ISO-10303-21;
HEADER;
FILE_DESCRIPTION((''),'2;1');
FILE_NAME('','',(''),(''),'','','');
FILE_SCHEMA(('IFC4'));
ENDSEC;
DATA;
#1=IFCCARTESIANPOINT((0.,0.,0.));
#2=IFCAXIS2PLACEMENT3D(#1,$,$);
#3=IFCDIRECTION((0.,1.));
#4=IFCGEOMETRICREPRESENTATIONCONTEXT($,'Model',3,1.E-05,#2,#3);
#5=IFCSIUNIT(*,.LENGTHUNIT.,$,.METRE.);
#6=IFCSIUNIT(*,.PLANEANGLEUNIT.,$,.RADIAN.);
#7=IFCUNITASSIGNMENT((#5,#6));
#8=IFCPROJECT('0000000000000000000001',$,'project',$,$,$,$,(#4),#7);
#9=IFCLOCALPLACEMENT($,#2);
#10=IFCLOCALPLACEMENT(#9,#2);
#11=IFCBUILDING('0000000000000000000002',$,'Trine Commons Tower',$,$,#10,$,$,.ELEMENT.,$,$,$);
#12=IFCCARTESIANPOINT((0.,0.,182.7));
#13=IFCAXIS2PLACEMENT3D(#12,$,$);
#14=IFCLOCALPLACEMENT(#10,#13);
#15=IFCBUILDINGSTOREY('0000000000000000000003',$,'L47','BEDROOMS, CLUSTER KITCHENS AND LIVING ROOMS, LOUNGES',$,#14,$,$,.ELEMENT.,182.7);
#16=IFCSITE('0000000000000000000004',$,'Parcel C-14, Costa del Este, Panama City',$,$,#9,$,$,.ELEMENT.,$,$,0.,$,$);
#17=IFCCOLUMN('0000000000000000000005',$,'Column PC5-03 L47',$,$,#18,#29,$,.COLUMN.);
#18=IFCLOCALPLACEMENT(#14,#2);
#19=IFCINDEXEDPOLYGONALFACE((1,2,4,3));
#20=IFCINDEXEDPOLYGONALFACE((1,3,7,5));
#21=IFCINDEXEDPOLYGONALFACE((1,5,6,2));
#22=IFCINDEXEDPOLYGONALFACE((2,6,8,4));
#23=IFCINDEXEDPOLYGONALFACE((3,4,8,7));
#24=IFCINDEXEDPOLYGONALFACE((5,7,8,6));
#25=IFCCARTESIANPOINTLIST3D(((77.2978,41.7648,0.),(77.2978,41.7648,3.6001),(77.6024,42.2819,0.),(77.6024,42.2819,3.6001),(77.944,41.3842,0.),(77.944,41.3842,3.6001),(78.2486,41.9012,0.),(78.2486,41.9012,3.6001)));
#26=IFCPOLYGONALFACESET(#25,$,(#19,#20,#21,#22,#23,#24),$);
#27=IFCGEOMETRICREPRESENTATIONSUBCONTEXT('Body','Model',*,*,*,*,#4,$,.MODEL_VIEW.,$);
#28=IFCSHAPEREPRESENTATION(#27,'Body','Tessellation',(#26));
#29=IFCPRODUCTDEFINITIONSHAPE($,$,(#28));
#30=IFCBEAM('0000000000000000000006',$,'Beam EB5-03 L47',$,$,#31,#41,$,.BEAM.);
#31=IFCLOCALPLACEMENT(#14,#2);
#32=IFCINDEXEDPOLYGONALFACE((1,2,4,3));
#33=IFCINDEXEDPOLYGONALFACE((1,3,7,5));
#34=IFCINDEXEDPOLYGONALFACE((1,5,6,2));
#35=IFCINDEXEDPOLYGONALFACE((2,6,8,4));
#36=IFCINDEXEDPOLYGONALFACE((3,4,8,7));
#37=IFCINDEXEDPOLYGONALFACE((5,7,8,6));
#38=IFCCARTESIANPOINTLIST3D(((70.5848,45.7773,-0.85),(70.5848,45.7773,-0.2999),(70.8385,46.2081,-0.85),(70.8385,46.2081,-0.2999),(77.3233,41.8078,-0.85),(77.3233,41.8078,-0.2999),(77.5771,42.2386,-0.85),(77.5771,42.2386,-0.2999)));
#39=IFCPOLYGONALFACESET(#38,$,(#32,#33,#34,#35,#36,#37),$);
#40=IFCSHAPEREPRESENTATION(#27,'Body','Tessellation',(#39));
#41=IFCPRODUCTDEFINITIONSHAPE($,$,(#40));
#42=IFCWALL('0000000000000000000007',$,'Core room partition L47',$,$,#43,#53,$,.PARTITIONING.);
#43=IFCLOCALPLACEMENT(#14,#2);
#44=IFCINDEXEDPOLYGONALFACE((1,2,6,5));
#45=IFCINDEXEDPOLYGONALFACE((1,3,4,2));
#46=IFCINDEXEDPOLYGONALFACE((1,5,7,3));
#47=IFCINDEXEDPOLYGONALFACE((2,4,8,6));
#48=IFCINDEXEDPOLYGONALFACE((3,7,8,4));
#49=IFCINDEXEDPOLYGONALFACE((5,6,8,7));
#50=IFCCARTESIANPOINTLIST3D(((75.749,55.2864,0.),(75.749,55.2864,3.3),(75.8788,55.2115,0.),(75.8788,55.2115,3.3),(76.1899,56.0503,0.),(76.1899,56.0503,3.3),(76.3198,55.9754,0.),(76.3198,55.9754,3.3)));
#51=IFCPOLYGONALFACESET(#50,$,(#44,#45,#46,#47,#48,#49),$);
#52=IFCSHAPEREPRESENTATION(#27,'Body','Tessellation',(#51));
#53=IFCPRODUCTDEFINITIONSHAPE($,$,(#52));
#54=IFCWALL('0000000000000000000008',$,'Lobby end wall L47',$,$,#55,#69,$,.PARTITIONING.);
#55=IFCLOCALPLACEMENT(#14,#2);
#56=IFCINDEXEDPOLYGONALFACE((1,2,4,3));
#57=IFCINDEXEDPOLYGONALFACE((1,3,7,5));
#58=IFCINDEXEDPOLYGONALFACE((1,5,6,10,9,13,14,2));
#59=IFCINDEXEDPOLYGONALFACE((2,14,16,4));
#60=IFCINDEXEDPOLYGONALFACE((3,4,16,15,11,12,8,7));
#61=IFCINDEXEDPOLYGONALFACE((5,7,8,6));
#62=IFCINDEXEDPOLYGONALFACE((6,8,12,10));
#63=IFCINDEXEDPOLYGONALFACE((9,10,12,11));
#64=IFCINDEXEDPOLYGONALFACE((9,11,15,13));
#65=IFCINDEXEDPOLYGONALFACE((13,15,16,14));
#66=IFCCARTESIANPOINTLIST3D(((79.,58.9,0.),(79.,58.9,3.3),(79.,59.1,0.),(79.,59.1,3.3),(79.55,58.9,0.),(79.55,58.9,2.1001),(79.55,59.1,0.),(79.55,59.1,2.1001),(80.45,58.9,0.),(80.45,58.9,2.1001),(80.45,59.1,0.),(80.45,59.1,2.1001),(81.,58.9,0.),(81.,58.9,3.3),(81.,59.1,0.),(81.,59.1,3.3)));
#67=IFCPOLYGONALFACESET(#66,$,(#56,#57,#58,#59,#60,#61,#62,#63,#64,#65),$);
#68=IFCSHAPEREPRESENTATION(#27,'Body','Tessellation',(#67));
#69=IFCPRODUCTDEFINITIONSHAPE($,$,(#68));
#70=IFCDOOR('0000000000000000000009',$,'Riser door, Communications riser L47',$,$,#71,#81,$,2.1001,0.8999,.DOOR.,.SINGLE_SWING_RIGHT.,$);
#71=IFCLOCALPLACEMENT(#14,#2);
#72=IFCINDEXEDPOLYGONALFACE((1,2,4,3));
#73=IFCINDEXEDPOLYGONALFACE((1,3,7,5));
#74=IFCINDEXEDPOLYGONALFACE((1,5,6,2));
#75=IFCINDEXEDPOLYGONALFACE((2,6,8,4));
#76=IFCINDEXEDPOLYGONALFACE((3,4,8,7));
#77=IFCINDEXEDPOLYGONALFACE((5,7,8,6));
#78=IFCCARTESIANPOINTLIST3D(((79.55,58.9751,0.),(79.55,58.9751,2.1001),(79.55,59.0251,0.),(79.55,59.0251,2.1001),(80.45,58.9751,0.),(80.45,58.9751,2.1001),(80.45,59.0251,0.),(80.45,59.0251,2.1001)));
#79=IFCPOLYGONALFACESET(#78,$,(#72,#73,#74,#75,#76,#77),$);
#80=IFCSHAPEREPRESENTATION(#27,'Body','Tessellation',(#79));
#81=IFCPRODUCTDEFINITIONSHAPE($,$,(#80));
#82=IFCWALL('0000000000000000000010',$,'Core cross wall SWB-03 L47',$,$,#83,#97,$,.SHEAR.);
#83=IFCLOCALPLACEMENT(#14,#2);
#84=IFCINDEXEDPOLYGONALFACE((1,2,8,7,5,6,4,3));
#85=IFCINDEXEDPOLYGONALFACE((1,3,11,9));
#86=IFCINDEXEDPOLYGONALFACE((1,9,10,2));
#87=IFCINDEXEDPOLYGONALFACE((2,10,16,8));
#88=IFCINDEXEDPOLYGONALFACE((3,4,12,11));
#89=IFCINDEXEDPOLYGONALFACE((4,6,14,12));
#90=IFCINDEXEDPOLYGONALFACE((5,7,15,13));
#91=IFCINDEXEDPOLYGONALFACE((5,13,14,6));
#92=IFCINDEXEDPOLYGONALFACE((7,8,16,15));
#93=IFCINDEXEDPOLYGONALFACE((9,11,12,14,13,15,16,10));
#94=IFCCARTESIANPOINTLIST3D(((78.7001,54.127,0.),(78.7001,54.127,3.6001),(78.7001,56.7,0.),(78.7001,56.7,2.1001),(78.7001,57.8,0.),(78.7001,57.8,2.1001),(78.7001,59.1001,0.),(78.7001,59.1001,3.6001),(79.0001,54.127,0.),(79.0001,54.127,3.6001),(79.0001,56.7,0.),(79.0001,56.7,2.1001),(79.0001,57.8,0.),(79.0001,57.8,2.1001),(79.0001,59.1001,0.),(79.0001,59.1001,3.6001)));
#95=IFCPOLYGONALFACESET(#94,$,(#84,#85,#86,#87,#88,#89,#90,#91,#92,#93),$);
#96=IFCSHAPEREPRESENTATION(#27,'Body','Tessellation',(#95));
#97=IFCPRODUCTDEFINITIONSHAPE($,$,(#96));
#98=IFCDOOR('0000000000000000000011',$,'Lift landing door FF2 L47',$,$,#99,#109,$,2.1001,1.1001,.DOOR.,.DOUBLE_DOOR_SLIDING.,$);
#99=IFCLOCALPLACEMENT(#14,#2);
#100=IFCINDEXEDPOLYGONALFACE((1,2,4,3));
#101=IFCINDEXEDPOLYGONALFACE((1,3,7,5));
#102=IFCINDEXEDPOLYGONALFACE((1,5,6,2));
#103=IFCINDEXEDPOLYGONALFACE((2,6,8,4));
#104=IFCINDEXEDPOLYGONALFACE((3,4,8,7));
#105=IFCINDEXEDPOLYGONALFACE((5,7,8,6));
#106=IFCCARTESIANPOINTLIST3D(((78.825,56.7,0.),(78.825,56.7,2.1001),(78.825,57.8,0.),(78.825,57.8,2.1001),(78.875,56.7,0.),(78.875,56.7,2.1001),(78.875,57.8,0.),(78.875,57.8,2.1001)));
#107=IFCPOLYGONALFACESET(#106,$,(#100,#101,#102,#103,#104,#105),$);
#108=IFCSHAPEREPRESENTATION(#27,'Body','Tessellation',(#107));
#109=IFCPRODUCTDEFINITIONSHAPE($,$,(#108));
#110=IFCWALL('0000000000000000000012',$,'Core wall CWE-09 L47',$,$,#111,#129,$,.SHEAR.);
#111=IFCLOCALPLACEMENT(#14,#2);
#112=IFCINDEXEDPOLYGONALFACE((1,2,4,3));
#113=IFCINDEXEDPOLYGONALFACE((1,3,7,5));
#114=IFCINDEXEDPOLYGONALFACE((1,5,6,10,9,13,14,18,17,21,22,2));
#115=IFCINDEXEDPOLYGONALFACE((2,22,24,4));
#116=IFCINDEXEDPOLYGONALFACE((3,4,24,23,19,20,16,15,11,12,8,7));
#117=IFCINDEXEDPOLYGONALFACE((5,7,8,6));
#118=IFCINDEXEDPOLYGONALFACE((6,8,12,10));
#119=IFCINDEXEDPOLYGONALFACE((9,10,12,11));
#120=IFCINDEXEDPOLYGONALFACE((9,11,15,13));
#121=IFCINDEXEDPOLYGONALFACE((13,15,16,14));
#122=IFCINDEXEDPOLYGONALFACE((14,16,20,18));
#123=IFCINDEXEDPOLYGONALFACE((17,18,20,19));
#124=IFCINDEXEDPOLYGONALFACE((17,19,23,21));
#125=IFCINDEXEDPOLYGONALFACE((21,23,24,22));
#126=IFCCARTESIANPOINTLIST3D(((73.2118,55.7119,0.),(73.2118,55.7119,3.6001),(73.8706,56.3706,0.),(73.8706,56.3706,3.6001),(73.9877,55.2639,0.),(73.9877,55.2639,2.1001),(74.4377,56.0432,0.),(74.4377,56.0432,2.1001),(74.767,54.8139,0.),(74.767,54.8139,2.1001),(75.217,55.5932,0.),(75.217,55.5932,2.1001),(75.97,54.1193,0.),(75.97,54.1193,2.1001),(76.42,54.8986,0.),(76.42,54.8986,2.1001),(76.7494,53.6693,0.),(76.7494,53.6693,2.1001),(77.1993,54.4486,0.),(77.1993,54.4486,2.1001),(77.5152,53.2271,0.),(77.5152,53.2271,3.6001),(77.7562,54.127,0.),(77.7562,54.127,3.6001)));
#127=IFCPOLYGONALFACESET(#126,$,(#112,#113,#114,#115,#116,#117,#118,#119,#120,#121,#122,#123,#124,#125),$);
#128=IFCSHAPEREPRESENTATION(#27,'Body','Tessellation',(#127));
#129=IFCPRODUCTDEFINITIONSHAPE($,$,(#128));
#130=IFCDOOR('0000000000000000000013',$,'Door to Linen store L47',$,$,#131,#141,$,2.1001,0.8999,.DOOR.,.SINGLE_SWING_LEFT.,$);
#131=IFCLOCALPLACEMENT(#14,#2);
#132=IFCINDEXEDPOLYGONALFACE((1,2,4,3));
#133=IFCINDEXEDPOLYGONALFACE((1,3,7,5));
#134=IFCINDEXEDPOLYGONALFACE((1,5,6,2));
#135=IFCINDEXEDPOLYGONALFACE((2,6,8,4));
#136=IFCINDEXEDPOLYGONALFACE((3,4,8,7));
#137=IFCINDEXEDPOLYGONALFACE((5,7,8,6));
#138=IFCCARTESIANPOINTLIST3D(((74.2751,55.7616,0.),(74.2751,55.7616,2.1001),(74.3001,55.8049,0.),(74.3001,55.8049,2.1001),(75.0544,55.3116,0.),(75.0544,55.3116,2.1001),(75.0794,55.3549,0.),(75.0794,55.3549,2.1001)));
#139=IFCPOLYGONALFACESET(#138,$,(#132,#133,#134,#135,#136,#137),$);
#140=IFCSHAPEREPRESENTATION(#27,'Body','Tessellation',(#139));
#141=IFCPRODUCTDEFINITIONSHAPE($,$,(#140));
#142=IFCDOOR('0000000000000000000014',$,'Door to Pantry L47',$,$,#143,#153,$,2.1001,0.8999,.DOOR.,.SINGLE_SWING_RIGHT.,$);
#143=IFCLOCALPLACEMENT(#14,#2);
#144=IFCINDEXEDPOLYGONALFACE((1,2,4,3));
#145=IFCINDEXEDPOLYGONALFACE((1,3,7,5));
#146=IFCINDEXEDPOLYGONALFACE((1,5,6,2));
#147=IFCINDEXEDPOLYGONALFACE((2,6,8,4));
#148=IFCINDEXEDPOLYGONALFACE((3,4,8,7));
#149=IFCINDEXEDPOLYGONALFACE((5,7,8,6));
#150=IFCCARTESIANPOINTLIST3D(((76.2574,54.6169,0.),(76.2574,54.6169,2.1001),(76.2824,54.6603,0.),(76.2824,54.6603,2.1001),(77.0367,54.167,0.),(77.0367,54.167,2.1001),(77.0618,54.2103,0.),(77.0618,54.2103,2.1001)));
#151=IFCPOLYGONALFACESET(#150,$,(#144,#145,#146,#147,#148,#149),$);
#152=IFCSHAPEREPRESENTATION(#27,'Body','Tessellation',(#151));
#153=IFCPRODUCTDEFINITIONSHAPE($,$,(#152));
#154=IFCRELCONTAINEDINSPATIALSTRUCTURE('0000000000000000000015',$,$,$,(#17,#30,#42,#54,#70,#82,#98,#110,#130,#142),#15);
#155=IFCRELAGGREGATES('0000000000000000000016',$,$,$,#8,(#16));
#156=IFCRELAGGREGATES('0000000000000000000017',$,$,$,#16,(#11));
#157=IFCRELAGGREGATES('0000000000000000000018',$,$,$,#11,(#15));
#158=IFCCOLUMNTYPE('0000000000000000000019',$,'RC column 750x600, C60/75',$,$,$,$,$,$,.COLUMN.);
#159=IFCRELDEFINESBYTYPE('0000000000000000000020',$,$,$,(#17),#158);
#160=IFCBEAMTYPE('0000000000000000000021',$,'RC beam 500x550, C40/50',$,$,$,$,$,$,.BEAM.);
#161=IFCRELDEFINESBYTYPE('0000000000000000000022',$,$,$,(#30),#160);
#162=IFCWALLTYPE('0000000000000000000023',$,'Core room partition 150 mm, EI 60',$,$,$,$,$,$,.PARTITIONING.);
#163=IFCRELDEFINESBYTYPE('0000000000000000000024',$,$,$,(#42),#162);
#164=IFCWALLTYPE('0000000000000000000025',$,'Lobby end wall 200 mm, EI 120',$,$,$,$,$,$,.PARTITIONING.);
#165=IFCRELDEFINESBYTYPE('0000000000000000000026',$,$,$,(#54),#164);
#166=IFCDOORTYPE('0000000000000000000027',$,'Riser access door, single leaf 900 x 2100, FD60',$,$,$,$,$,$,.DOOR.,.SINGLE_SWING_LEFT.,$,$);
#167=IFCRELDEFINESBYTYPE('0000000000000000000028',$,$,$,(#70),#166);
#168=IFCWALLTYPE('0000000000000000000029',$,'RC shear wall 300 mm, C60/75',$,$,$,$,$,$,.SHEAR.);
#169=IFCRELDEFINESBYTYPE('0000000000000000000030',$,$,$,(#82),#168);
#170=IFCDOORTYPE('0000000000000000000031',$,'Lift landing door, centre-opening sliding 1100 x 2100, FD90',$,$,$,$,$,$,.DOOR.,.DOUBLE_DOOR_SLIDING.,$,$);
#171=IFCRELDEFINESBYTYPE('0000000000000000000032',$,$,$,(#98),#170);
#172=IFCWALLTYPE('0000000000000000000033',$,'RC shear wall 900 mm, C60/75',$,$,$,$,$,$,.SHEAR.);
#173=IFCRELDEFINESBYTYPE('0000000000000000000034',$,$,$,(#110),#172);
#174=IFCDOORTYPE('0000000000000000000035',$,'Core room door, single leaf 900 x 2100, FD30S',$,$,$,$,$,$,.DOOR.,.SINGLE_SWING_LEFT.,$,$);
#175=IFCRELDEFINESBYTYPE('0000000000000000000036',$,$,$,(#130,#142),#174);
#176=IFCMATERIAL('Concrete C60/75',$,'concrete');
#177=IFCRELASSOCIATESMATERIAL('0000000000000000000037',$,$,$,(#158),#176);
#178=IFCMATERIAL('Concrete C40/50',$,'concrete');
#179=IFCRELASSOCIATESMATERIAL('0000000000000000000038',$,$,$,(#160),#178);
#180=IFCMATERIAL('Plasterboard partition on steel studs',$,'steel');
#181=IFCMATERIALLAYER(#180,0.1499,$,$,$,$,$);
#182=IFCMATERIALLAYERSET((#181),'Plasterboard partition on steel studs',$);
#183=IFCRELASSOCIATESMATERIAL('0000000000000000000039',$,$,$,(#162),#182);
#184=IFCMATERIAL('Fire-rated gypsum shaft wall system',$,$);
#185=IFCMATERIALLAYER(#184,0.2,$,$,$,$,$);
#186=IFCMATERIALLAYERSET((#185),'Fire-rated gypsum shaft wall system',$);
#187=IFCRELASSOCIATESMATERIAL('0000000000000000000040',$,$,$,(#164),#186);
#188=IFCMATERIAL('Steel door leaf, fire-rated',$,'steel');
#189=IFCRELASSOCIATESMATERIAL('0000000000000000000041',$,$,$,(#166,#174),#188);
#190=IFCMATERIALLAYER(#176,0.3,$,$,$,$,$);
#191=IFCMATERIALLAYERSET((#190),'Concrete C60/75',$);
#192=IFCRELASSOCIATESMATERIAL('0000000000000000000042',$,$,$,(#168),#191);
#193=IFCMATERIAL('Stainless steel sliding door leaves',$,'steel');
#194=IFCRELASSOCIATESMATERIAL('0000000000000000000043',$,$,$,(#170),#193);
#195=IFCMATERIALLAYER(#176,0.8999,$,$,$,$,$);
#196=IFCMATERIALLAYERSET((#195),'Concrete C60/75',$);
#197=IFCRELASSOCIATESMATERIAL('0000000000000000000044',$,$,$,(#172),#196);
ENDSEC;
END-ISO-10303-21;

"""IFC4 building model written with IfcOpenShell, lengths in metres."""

from ifc_helpers import new_model, si_unit, direction, frame, frame_2d, origin, origin_2d, place, context, subcontext, project, spatial, polyline, rectangle, outline, extrude, material, layer, layer_set, material_profile, profile_set, type_object, element, fill, save


model = new_model("IFC4")

# Units and contexts
model_context = context("Model", 3, precision=1e-05, world=origin(), true_north=direction((0.0, 1.0)))
body_context = subcontext(model_context, "Body", "Model", "MODEL_VIEW")
ifc_project = project(units=[si_unit("LENGTHUNIT", "METRE"), si_unit("PLANEANGLEUNIT", "RADIAN")], contexts=[model_context])

# Site, building, storey
site_placement = place(None, origin())
site = spatial("IfcSite", under=ifc_project, at=site_placement, Name="Parcel C-14, Costa del Este, Panama City", CompositionType="ELEMENT", RefElevation=0.0)
building_placement = place(site_placement, origin())
building = spatial("IfcBuilding", under=site, at=building_placement, Name="Trine Commons Tower", CompositionType="ELEMENT")
storey_placement = place(building_placement, frame((0.0, 0.0, 182.7)))
storey = spatial("IfcBuildingStorey", under=building, at=storey_placement, Name="L47", Description="BEDROOMS, CLUSTER KITCHENS AND LIVING ROOMS, LOUNGES", CompositionType="ELEMENT", Elevation=182.7)

# Column
ifc_material_1 = material(Name="Concrete C60/75", Category="concrete")
ifc_material_profile_1 = material_profile(ifc_material_1, rectangle(XDim=0.75, YDim=0.6001, at=origin_2d()), Name="RC 750x600")
ifc_profile_set_1 = profile_set([ifc_material_profile_1], Name="Concrete C60/75")
column_type = type_object("IfcColumnType", Name="RC column 750x600, C60/75", PredefinedType="COLUMN", material=ifc_profile_set_1)
column_placement = place(storey_placement, frame((77.7732, 41.833, 0.0), z_axis=(0.0, 0.0, 1.0), x_axis=(-0.861629, 0.507538, 0.0)))
element("IfcColumn", 1, at=column_placement, inside=storey, type_object=column_type, Name="Column PC5-03 L47", PredefinedType="COLUMN", context=body_context, shape_type="SweptSolid", body=[
    extrude(rectangle(XDim=0.75, YDim=0.6001, at=origin_2d()), origin(), (0.0, 0.0, 1.0), 3.6001),
])

# Beam
ifc_material_2 = material(Name="Concrete C40/50", Category="concrete")
ifc_material_profile_2 = material_profile(ifc_material_2, rectangle(XDim=0.5, YDim=0.55, at=origin_2d()), Name="RC 500x550")
ifc_profile_set_2 = profile_set([ifc_material_profile_2], Name="Concrete C40/50")
beam_type = type_object("IfcBeamType", Name="RC beam 500x550, C40/50", PredefinedType="BEAM", material=ifc_profile_set_2)
beam_placement = place(storey_placement, frame((77.4502, 42.0232, -0.575), z_axis=(-0.861619, 0.507556, 0.0), x_axis=(-0.507556, -0.861619, 0.0)))
element("IfcBeam", 2, at=beam_placement, inside=storey, type_object=beam_type, Name="Beam EB5-03 L47", PredefinedType="BEAM", context=body_context, shape_type="SweptSolid", body=[
    extrude(rectangle(XDim=0.5, YDim=0.55, at=origin_2d()), origin(), (0.0, 0.0, 1.0), 7.8208),
])

# Wall
ifc_material_3 = material(Name="Plasterboard partition on steel studs", Category="steel")
ifc_layer_1 = layer(ifc_material_3, 0.1499)
ifc_layer_set_1 = layer_set([ifc_layer_1], Name="Plasterboard partition on steel studs")
wall_type_1 = type_object("IfcWallType", Name="Core room partition 150 mm, EI 60", PredefinedType="PARTITIONING", material=ifc_layer_set_1)
wall_1_placement = place(storey_placement, frame((75.814, 55.249, 0.0), z_axis=(0.0, 0.0, 1.0), x_axis=(0.49989, 0.866089, 0.0)))
element("IfcWall", 3, at=wall_1_placement, inside=storey, type_object=wall_type_1, Name="Core room partition L47", PredefinedType="PARTITIONING", context=body_context, shape_type="SweptSolid", body=[
    extrude(rectangle(XDim=0.8821, YDim=0.1499, at=frame_2d((0.4409, 0.0))), origin(), (0.0, 0.0, 1.0), 3.3),
])

# Walls, openings, doors
ifc_material_4 = material(Name="Fire-rated gypsum shaft wall system")
ifc_layer_2 = layer(ifc_material_4, 0.2)
ifc_layer_set_2 = layer_set([ifc_layer_2], Name="Fire-rated gypsum shaft wall system")
wall_type_2 = type_object("IfcWallType", Name="Lobby end wall 200 mm, EI 120", PredefinedType="PARTITIONING", material=ifc_layer_set_2)
wall_2_placement = place(storey_placement, frame((79.0, 59.0, 0.0), z_axis=(0.0, 0.0, 1.0), x_axis=(1.0, 0.0, 0.0)))
wall_2 = element("IfcWall", 4, at=wall_2_placement, inside=storey, type_object=wall_type_2, Name="Lobby end wall L47", PredefinedType="PARTITIONING", context=body_context, shape_type="SweptSolid", body=[
    extrude(rectangle(XDim=2.0, YDim=0.2, at=frame_2d((1.0, 0.0))), origin(), (0.0, 0.0, 1.0), 3.3),
])
opening_1_placement = place(wall_2_placement, frame((0.55, 0.0, 0.0)))
opening_1 = element("IfcOpeningElement", 5, at=opening_1_placement, cuts=wall_2, PredefinedType="OPENING", context=body_context, shape_type="SweptSolid", body=[
    extrude(rectangle(XDim=0.8999, YDim=2.1001, at=frame_2d((0.45, 1.05))), frame((0.0, 0.1099, 0.0), z_axis=(0.0, -1.0, 0.0), x_axis=(1.0, 0.0, 0.0)), (0.0, 0.0, 1.0), 0.22),
])
ifc_material_5 = material(Name="Steel door leaf, fire-rated", Category="steel")
door_type_1 = type_object("IfcDoorType", Name="Riser access door, single leaf 900 x 2100, FD60", OperationType="SINGLE_SWING_LEFT", PredefinedType="DOOR", material=ifc_material_5)
door_1_placement = place(opening_1_placement, frame((0.8999, 0.0, 0.0), z_axis=(0.0, 0.0, 1.0), x_axis=(-1.0, 0.0, 0.0)))
door_1 = element("IfcDoor", 6, at=door_1_placement, inside=storey, type_object=door_type_1, Name="Riser door, Communications riser L47", OperationType="SINGLE_SWING_RIGHT", OverallHeight=2.1001, OverallWidth=0.8999, PredefinedType="DOOR", context=body_context, shape_type="SweptSolid", body=[
    extrude(rectangle(XDim=0.8999, YDim=2.1001, at=frame_2d((0.45, 1.05))), frame((0.0, 0.0249, 0.0), z_axis=(0.0, -1.0, 0.0), x_axis=(1.0, 0.0, 0.0)), (0.0, 0.0, 1.0), 0.05),
])
fill(opening_1, door_1)
ifc_layer_3 = layer(ifc_material_1, 0.3)
ifc_layer_set_3 = layer_set([ifc_layer_3], Name="Concrete C60/75")
wall_type_3 = type_object("IfcWallType", Name="RC shear wall 300 mm, C60/75", PredefinedType="SHEAR", material=ifc_layer_set_3)
wall_3_placement = place(storey_placement, frame((78.8501, 59.1001, 0.0), z_axis=(0.0, 0.0, 1.0), x_axis=(0.0, -1.0, 0.0)))
wall_3 = element("IfcWall", 7, at=wall_3_placement, inside=storey, type_object=wall_type_3, Name="Core cross wall SWB-03 L47", PredefinedType="SHEAR", context=body_context, shape_type="SweptSolid", body=[
    extrude(rectangle(XDim=4.9731, YDim=0.3, at=frame_2d((2.4866, 0.0))), origin(), (0.0, 0.0, 1.0), 3.6001),
])
opening_2_placement = place(wall_3_placement, frame((1.3, 0.0, 0.0)))
opening_2 = element("IfcOpeningElement", 8, at=opening_2_placement, cuts=wall_3, PredefinedType="OPENING", context=body_context, shape_type="SweptSolid", body=[
    extrude(rectangle(XDim=1.1001, YDim=2.1001, at=frame_2d((0.55, 1.05))), frame((0.0, 0.1599, 0.0), z_axis=(0.0, -1.0, 0.0), x_axis=(1.0, 0.0, 0.0)), (0.0, 0.0, 1.0), 0.3201),
])
ifc_material_6 = material(Name="Stainless steel sliding door leaves", Category="steel")
door_type_2 = type_object("IfcDoorType", Name="Lift landing door, centre-opening sliding 1100 x 2100, FD90", OperationType="DOUBLE_DOOR_SLIDING", PredefinedType="DOOR", material=ifc_material_6)
door_2_placement = place(opening_2_placement, origin())
door_2 = element("IfcDoor", 9, at=door_2_placement, inside=storey, type_object=door_type_2, Name="Lift landing door FF2 L47", OperationType="DOUBLE_DOOR_SLIDING", OverallHeight=2.1001, OverallWidth=1.1001, PredefinedType="DOOR", context=body_context, shape_type="SweptSolid", body=[
    extrude(rectangle(XDim=1.1001, YDim=2.1001, at=frame_2d((0.55, 1.05))), frame((0.0, 0.0249, 0.0), z_axis=(0.0, -1.0, 0.0), x_axis=(1.0, 0.0, 0.0)), (0.0, 0.0, 1.0), 0.05),
])
fill(opening_2, door_2)

# Wall, openings, doors
ifc_layer_4 = layer(ifc_material_1, 0.8999)
ifc_layer_set_4 = layer_set([ifc_layer_4], Name="Concrete C60/75")
wall_type_4 = type_object("IfcWallType", Name="RC shear wall 900 mm, C60/75", PredefinedType="SHEAR", material=ifc_layer_set_4)
wall_4_placement = place(storey_placement, frame((73.4368, 56.1016, 0.0), z_axis=(0.0, 0.0, 1.0), x_axis=(0.866003, -0.500039, 0.0)))
wall_4 = element("IfcWall", 10, at=wall_4_placement, inside=storey, type_object=wall_type_4, Name="Core wall CWE-09 L47", PredefinedType="SHEAR", context=body_context, shape_type="SweptSolid", body=[
    extrude(outline(polyline([(0.0, -0.45), (4.9692, -0.45), (4.728, 0.45), (0.2412, 0.45), (0.0, -0.45)])), origin(), (0.0, 0.0, 1.0), 3.6001),
])
opening_3_placement = place(wall_4_placement, frame((0.896, 0.0, 0.0)))
opening_3 = element("IfcOpeningElement", 11, at=opening_3_placement, cuts=wall_4, PredefinedType="OPENING", context=body_context, shape_type="SweptSolid", body=[
    extrude(rectangle(XDim=0.8999, YDim=2.1001, at=frame_2d((0.45, 1.05))), frame((0.0, 0.46, 0.0), z_axis=(0.0, -1.0, 0.0), x_axis=(1.0, 0.0, 0.0)), (0.0, 0.0, 1.0), 0.9199),
])
opening_4_placement = place(wall_4_placement, frame((3.1851, 0.0, 0.0)))
opening_4 = element("IfcOpeningElement", 12, at=opening_4_placement, cuts=wall_4, PredefinedType="OPENING", context=body_context, shape_type="SweptSolid", body=[
    extrude(rectangle(XDim=0.8999, YDim=2.1001, at=frame_2d((0.45, 1.05))), frame((0.0, 0.46, 0.0), z_axis=(0.0, -1.0, 0.0), x_axis=(1.0, 0.0, 0.0)), (0.0, 0.0, 1.0), 0.9199),
])
door_type_3 = type_object("IfcDoorType", Name="Core room door, single leaf 900 x 2100, FD30S", OperationType="SINGLE_SWING_LEFT", PredefinedType="DOOR", material=ifc_material_5)
door_3_placement = place(opening_3_placement, origin())
door_3 = element("IfcDoor", 13, at=door_3_placement, inside=storey, type_object=door_type_3, Name="Door to Linen store L47", OperationType="SINGLE_SWING_LEFT", OverallHeight=2.1001, OverallWidth=0.8999, PredefinedType="DOOR", context=body_context, shape_type="SweptSolid", body=[
    extrude(rectangle(XDim=0.8999, YDim=2.1001, at=frame_2d((0.45, 1.05))), frame((0.0, 0.1748, 0.0), z_axis=(0.0, -1.0, 0.0), x_axis=(1.0, 0.0, 0.0)), (0.0, 0.0, 1.0), 0.05),
])
fill(opening_3, door_3)
door_4_placement = place(opening_4_placement, origin())
door_4 = element("IfcDoor", 14, at=door_4_placement, inside=storey, type_object=door_type_3, Name="Door to Pantry L47", OperationType="SINGLE_SWING_RIGHT", OverallHeight=2.1001, OverallWidth=0.8999, PredefinedType="DOOR", context=body_context, shape_type="SweptSolid", body=[
    extrude(rectangle(XDim=0.8999, YDim=2.1001, at=frame_2d((0.45, 1.05))), frame((0.0, 0.1748, 0.0), z_axis=(0.0, -1.0, 0.0), x_axis=(1.0, 0.0, 0.0)), (0.0, 0.0, 1.0), 0.05),
])
fill(opening_4, door_4)

save(model, "model.ifc")
